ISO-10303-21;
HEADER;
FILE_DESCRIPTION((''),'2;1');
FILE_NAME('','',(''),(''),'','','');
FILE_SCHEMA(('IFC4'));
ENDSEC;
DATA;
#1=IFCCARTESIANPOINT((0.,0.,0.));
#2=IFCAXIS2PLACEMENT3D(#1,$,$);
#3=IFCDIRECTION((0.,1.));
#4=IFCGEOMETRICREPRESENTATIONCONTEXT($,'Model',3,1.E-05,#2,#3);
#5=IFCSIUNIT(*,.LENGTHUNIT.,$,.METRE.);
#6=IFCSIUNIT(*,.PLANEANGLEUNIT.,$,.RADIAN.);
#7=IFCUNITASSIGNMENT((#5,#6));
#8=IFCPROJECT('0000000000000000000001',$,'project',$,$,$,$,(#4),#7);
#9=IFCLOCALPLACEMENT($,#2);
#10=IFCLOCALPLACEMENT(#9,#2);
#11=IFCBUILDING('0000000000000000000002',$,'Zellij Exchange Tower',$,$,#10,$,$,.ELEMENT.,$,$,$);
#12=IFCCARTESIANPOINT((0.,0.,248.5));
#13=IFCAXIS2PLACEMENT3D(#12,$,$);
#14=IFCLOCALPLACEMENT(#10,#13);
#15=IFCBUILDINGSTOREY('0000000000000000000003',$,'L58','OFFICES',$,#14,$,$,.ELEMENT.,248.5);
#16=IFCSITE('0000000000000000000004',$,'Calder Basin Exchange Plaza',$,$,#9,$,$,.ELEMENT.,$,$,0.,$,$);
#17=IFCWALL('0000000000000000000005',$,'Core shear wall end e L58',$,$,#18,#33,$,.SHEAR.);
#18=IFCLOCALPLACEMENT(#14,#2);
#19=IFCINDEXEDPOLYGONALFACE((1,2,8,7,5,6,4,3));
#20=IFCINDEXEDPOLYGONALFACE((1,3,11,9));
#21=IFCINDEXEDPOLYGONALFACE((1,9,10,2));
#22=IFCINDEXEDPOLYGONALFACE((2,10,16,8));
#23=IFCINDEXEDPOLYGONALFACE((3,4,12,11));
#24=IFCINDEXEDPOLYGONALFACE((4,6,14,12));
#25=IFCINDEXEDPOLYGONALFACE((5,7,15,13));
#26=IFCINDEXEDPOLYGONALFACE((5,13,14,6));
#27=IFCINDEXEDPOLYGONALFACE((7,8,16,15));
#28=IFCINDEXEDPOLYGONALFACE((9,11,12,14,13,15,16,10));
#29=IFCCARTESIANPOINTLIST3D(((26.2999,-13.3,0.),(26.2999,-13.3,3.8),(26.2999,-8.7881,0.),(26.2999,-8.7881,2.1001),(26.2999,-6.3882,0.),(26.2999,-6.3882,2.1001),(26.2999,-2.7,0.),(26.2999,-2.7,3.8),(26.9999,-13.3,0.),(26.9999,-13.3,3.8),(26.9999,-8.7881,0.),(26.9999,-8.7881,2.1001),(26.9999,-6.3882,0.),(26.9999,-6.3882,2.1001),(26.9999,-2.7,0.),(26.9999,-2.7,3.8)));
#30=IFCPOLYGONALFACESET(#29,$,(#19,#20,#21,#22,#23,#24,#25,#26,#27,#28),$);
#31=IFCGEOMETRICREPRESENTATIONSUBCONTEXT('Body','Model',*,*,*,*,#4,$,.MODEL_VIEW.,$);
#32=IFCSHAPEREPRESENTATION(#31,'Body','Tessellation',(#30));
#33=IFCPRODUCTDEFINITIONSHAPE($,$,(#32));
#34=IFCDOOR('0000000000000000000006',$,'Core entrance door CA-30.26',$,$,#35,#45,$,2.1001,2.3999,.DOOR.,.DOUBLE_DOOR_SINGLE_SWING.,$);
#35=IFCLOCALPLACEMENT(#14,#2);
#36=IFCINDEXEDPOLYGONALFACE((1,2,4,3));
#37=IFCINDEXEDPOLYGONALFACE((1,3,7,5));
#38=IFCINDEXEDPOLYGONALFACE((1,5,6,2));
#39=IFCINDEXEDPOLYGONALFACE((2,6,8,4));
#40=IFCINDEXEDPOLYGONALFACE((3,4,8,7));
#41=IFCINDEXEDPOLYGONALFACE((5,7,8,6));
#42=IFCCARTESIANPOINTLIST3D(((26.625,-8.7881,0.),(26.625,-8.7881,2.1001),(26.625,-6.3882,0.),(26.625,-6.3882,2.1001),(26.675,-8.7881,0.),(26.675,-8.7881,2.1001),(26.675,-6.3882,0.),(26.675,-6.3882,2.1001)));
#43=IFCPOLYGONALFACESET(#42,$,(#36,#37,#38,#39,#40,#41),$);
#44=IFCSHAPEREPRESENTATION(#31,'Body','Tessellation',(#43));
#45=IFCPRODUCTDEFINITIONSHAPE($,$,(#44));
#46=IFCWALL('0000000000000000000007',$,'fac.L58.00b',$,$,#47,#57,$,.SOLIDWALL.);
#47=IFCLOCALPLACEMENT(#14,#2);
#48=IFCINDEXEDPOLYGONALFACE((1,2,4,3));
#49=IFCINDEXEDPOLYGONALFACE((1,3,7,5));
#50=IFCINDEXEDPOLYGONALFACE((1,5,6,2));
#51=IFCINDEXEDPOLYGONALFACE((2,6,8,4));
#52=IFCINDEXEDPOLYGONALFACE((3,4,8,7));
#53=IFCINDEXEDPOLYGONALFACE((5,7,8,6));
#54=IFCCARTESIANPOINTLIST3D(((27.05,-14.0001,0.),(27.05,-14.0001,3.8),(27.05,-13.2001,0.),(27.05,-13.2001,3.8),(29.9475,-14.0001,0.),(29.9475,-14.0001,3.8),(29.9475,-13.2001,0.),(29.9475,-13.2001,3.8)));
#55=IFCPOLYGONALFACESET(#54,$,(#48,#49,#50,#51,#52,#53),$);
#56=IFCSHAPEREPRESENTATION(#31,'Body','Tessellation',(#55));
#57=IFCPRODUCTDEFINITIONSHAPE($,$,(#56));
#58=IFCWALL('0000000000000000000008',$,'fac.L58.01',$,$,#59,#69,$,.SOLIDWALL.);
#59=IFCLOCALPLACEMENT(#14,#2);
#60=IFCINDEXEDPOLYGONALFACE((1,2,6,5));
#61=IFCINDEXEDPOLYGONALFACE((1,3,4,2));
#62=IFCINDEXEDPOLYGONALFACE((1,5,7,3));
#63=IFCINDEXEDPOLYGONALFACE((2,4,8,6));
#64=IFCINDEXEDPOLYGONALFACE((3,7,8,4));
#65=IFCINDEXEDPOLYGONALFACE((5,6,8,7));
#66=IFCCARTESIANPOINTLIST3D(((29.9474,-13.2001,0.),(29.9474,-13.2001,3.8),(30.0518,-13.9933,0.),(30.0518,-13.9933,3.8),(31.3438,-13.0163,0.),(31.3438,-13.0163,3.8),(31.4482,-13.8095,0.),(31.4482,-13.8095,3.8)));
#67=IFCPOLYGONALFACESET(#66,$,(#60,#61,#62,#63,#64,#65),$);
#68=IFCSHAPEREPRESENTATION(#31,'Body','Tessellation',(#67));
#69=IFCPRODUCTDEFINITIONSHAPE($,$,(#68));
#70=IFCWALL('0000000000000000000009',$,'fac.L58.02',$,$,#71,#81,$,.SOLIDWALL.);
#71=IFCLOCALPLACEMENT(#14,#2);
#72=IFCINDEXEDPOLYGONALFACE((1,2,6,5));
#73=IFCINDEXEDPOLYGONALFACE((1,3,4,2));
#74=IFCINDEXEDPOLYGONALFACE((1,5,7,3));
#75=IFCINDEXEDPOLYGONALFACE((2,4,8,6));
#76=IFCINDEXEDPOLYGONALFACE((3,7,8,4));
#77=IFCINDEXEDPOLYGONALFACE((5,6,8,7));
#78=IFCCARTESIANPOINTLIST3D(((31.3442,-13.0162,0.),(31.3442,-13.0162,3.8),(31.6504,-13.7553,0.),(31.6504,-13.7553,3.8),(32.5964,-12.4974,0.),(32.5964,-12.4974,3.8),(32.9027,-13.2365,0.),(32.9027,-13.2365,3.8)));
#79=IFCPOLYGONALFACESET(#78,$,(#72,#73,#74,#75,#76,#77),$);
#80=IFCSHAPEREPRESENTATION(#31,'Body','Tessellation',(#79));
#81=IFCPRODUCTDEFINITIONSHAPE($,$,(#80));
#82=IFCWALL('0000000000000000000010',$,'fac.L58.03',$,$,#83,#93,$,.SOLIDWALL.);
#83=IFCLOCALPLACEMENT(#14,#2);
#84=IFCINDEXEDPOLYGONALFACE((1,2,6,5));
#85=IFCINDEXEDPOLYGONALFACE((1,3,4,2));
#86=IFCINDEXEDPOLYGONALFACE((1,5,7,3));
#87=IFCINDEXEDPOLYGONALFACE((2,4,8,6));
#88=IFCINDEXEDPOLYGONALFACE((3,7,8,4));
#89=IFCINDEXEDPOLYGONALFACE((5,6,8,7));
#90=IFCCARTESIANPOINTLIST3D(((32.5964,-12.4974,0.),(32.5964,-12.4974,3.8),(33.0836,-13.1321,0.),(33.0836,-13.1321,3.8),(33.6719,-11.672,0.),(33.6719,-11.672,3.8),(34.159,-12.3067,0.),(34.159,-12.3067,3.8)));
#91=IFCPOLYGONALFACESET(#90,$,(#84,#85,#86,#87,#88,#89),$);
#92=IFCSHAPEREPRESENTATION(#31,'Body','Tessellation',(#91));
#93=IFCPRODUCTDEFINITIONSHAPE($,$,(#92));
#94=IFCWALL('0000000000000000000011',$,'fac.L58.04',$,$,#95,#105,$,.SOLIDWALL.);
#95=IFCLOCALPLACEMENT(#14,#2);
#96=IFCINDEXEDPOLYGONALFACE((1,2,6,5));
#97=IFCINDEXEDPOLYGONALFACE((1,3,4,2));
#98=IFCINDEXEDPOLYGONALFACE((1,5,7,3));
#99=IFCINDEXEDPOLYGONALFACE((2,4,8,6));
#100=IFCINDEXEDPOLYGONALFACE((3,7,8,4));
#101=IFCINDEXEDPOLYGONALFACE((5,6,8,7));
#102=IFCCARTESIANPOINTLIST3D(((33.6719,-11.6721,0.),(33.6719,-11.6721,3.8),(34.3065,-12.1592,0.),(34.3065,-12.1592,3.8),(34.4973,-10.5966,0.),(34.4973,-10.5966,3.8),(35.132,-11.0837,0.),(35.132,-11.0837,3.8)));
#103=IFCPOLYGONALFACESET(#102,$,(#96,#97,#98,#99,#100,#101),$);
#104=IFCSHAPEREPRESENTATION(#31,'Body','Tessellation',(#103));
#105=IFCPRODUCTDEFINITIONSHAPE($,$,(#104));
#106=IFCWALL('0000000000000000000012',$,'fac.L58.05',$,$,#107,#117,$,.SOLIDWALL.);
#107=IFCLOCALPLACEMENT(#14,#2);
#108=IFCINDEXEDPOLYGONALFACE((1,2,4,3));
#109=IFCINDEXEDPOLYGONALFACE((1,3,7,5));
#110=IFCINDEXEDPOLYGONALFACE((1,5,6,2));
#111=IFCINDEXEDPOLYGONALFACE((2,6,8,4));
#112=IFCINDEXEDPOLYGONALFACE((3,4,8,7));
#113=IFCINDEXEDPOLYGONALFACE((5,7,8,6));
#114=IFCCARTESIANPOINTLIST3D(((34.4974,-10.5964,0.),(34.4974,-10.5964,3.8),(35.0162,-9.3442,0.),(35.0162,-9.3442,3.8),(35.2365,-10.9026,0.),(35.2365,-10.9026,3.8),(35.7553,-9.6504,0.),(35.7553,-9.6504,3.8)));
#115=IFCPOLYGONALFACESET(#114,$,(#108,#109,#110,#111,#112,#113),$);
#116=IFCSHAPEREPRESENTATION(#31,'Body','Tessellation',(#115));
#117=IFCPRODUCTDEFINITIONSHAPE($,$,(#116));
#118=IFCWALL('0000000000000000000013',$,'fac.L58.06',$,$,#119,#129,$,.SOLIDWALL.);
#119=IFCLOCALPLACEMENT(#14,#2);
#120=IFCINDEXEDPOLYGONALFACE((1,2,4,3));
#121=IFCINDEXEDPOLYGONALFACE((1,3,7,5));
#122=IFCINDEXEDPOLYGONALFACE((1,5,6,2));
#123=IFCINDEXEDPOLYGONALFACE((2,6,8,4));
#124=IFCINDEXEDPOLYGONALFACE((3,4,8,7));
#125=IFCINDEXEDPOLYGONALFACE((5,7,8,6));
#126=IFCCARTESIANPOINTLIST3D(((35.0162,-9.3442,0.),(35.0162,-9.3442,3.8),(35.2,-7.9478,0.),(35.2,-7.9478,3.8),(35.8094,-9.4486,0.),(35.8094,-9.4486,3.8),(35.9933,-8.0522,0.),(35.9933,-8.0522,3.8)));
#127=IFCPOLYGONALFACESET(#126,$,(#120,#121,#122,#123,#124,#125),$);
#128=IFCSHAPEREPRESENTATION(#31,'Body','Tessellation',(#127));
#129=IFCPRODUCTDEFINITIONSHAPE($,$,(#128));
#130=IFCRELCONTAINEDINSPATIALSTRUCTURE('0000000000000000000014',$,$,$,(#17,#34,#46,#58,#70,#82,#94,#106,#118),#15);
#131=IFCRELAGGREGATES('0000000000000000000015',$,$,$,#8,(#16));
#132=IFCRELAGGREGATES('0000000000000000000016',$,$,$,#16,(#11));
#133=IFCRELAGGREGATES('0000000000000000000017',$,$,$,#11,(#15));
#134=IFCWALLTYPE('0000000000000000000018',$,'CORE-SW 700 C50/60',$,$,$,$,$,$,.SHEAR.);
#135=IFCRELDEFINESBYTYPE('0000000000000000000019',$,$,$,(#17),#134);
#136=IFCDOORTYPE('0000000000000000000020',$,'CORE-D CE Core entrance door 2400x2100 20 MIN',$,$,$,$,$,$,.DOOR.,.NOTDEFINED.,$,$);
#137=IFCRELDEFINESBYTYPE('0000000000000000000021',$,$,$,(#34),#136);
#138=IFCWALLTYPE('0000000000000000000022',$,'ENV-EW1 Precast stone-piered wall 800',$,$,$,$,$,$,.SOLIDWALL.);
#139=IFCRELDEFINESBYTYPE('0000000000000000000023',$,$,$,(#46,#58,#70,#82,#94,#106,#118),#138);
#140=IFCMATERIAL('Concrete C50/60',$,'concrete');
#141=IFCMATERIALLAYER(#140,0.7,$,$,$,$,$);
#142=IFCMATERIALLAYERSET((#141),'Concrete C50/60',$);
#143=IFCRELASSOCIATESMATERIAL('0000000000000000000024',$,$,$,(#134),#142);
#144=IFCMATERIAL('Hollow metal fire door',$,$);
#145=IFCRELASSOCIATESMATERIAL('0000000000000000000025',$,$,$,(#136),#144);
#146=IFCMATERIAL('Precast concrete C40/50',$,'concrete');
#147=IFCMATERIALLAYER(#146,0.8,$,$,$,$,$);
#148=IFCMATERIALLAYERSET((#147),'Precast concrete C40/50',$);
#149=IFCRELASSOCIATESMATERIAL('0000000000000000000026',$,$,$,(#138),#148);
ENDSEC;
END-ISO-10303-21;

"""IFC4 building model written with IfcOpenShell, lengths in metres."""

from ifc_helpers import new_model, si_unit, direction, frame, frame_2d, origin, place, context, subcontext, project, spatial, rectangle, extrude, material, layer, layer_set, type_object, element, fill, save


model = new_model("IFC4")

# Units and contexts
model_context = context("Model", 3, precision=1e-05, world=origin(), true_north=direction((0.0, 1.0)))
body_context = subcontext(model_context, "Body", "Model", "MODEL_VIEW")
ifc_project = project(units=[si_unit("LENGTHUNIT", "METRE"), si_unit("PLANEANGLEUNIT", "RADIAN")], contexts=[model_context])

# Site, building, storey
site_placement = place(None, origin())
site = spatial("IfcSite", under=ifc_project, at=site_placement, Name="Calder Basin Exchange Plaza", CompositionType="ELEMENT", RefElevation=0.0)
building_placement = place(site_placement, origin())
building = spatial("IfcBuilding", under=site, at=building_placement, Name="Zellij Exchange Tower", CompositionType="ELEMENT")
storey_placement = place(building_placement, frame((0.0, 0.0, 248.5)))
storey = spatial("IfcBuildingStorey", under=building, at=storey_placement, Name="L58", Description="OFFICES", CompositionType="ELEMENT", Elevation=248.5)

# Shared definitions
ifc_material_1 = material(Name="Concrete C50/60", Category="concrete")

# Wall, opening, door
ifc_layer_1 = layer(ifc_material_1, 0.7)
ifc_layer_set_1 = layer_set([ifc_layer_1], Name="Concrete C50/60")
wall_type_1 = type_object("IfcWallType", Name="CORE-SW 700 C50/60", PredefinedType="SHEAR", material=ifc_layer_set_1)
wall_1_placement = place(storey_placement, frame((26.6499, -13.3, 0.0), z_axis=(0.0, 0.0, 1.0), x_axis=(0.0, 1.0, 0.0)))
wall_1 = element("IfcWall", 1, at=wall_1_placement, inside=storey, type_object=wall_type_1, Name="Core shear wall end e L58", PredefinedType="SHEAR", context=body_context, shape_type="SweptSolid", body=[
    extrude(rectangle(XDim=10.6001, YDim=0.7, at=frame_2d((5.3, 0.0))), origin(), (0.0, 0.0, 1.0), 3.8),
])
opening_1_placement = place(wall_1_placement, frame((4.512, 0.0, 0.0)))
opening_1 = element("IfcOpeningElement", 2, at=opening_1_placement, cuts=wall_1, PredefinedType="OPENING", context=body_context, shape_type="SweptSolid", body=[
    extrude(rectangle(XDim=2.3999, YDim=2.1001, at=frame_2d((1.2, 1.05))), frame((0.0, 0.3618, 0.0), z_axis=(0.0, -1.0, 0.0), x_axis=(1.0, 0.0, 0.0)), (0.0, 0.0, 1.0), 0.7239),
])
ifc_material_2 = material(Name="Hollow metal fire door")
door_type_1 = type_object("IfcDoorType", Name="CORE-D CE Core entrance door 2400x2100 20 MIN", OperationType="NOTDEFINED", PredefinedType="DOOR", material=ifc_material_2)
door_1_placement = place(opening_1_placement, origin())
door_1 = element("IfcDoor", 3, at=door_1_placement, inside=storey, type_object=door_type_1, Name="Core entrance door CA-30.26", OperationType="DOUBLE_DOOR_SINGLE_SWING", OverallHeight=2.1001, OverallWidth=2.3999, PredefinedType="DOOR", context=body_context, shape_type="SweptSolid", body=[
    extrude(rectangle(XDim=2.3999, YDim=2.1001, at=frame_2d((1.2, 1.05))), frame((0.0, 0.0249, 0.0), z_axis=(0.0, -1.0, 0.0), x_axis=(1.0, 0.0, 0.0)), (0.0, 0.0, 1.0), 0.05),
])
fill(opening_1, door_1)

# Walls
ifc_material_3 = material(Name="Precast concrete C40/50", Category="concrete")
ifc_layer_2 = layer(ifc_material_3, 0.8)
ifc_layer_set_2 = layer_set([ifc_layer_2], Name="Precast concrete C40/50")
wall_type_2 = type_object("IfcWallType", Name="ENV-EW1 Precast stone-piered wall 800", PredefinedType="SOLIDWALL", material=ifc_layer_set_2)
wall_2_placement = place(storey_placement, frame((27.05, -13.6001, 0.0), z_axis=(0.0, 0.0, 1.0), x_axis=(1.0, 0.0, 0.0)))
element("IfcWall", 4, at=wall_2_placement, inside=storey, type_object=wall_type_2, Name="fac.L58.00b", PredefinedType="SOLIDWALL", context=body_context, shape_type="SweptSolid", body=[
    extrude(rectangle(XDim=2.8975, YDim=0.8, at=frame_2d((1.4487, 0.0))), origin(), (0.0, 0.0, 1.0), 3.8),
])
wall_3_placement = place(storey_placement, frame((29.9998, -13.5967, 0.0), z_axis=(0.0, 0.0, 1.0), x_axis=(0.991446, 0.130517, 0.0)))
element("IfcWall", 5, at=wall_3_placement, inside=storey, type_object=wall_type_2, Name="fac.L58.01", PredefinedType="SOLIDWALL", context=body_context, shape_type="SweptSolid", body=[
    extrude(rectangle(XDim=1.4084, YDim=0.8, at=frame_2d((0.7041, 0.0))), origin(), (0.0, 0.0, 1.0), 3.8),
])
wall_4_placement = place(storey_placement, frame((31.4973, -13.3857, 0.0), z_axis=(0.0, 0.0, 1.0), x_axis=(0.923848, 0.38276, 0.0)))
element("IfcWall", 6, at=wall_4_placement, inside=storey, type_object=wall_type_2, Name="fac.L58.02", PredefinedType="SOLIDWALL", context=body_context, shape_type="SweptSolid", body=[
    extrude(rectangle(XDim=1.3555, YDim=0.8, at=frame_2d((0.6777, 0.0))), origin(), (0.0, 0.0, 1.0), 3.8),
])
for number, where, z_axis, x_axis, name in (
    (7, (32.8401, -12.8147, 0.0), (0.0, 0.0, 1.0), (0.793273, 0.608866, 0.0), "fac.L58.03"),
    (8, (33.9893, -11.9155, 0.0), (0.0, 0.0, 1.0), (0.608866, 0.793273, 0.0), "fac.L58.04"),
):
    element("IfcWall", number, at=place(storey_placement, frame(where, z_axis=z_axis, x_axis=x_axis)), inside=storey, type_object=wall_type_2, Name=name, PredefinedType="SOLIDWALL", context=body_context, shape_type="SweptSolid", body=[
        extrude(rectangle(XDim=1.3557, YDim=0.8, at=frame_2d((0.6777, 0.0))), origin(), (0.0, 0.0, 1.0), 3.8),
    ])
wall_5_placement = place(storey_placement, frame((34.8669, -10.7495, 0.0), z_axis=(0.0, 0.0, 1.0), x_axis=(0.38276, 0.923848, 0.0)))
element("IfcWall", 9, at=wall_5_placement, inside=storey, type_object=wall_type_2, Name="fac.L58.05", PredefinedType="SOLIDWALL", context=body_context, shape_type="SweptSolid", body=[
    extrude(rectangle(XDim=1.3555, YDim=0.8, at=frame_2d((0.6777, 0.0))), origin(), (0.0, 0.0, 1.0), 3.8),
])
wall_6_placement = place(storey_placement, frame((35.4128, -9.3962, 0.0), z_axis=(0.0, 0.0, 1.0), x_axis=(0.130517, 0.991446, 0.0)))
element("IfcWall", 10, at=wall_6_placement, inside=storey, type_object=wall_type_2, Name="fac.L58.06", PredefinedType="SOLIDWALL", context=body_context, shape_type="SweptSolid", body=[
    extrude(rectangle(XDim=1.4084, YDim=0.8, at=frame_2d((0.7041, 0.0))), origin(), (0.0, 0.0, 1.0), 3.8),
])

save(model, "model.ifc")
